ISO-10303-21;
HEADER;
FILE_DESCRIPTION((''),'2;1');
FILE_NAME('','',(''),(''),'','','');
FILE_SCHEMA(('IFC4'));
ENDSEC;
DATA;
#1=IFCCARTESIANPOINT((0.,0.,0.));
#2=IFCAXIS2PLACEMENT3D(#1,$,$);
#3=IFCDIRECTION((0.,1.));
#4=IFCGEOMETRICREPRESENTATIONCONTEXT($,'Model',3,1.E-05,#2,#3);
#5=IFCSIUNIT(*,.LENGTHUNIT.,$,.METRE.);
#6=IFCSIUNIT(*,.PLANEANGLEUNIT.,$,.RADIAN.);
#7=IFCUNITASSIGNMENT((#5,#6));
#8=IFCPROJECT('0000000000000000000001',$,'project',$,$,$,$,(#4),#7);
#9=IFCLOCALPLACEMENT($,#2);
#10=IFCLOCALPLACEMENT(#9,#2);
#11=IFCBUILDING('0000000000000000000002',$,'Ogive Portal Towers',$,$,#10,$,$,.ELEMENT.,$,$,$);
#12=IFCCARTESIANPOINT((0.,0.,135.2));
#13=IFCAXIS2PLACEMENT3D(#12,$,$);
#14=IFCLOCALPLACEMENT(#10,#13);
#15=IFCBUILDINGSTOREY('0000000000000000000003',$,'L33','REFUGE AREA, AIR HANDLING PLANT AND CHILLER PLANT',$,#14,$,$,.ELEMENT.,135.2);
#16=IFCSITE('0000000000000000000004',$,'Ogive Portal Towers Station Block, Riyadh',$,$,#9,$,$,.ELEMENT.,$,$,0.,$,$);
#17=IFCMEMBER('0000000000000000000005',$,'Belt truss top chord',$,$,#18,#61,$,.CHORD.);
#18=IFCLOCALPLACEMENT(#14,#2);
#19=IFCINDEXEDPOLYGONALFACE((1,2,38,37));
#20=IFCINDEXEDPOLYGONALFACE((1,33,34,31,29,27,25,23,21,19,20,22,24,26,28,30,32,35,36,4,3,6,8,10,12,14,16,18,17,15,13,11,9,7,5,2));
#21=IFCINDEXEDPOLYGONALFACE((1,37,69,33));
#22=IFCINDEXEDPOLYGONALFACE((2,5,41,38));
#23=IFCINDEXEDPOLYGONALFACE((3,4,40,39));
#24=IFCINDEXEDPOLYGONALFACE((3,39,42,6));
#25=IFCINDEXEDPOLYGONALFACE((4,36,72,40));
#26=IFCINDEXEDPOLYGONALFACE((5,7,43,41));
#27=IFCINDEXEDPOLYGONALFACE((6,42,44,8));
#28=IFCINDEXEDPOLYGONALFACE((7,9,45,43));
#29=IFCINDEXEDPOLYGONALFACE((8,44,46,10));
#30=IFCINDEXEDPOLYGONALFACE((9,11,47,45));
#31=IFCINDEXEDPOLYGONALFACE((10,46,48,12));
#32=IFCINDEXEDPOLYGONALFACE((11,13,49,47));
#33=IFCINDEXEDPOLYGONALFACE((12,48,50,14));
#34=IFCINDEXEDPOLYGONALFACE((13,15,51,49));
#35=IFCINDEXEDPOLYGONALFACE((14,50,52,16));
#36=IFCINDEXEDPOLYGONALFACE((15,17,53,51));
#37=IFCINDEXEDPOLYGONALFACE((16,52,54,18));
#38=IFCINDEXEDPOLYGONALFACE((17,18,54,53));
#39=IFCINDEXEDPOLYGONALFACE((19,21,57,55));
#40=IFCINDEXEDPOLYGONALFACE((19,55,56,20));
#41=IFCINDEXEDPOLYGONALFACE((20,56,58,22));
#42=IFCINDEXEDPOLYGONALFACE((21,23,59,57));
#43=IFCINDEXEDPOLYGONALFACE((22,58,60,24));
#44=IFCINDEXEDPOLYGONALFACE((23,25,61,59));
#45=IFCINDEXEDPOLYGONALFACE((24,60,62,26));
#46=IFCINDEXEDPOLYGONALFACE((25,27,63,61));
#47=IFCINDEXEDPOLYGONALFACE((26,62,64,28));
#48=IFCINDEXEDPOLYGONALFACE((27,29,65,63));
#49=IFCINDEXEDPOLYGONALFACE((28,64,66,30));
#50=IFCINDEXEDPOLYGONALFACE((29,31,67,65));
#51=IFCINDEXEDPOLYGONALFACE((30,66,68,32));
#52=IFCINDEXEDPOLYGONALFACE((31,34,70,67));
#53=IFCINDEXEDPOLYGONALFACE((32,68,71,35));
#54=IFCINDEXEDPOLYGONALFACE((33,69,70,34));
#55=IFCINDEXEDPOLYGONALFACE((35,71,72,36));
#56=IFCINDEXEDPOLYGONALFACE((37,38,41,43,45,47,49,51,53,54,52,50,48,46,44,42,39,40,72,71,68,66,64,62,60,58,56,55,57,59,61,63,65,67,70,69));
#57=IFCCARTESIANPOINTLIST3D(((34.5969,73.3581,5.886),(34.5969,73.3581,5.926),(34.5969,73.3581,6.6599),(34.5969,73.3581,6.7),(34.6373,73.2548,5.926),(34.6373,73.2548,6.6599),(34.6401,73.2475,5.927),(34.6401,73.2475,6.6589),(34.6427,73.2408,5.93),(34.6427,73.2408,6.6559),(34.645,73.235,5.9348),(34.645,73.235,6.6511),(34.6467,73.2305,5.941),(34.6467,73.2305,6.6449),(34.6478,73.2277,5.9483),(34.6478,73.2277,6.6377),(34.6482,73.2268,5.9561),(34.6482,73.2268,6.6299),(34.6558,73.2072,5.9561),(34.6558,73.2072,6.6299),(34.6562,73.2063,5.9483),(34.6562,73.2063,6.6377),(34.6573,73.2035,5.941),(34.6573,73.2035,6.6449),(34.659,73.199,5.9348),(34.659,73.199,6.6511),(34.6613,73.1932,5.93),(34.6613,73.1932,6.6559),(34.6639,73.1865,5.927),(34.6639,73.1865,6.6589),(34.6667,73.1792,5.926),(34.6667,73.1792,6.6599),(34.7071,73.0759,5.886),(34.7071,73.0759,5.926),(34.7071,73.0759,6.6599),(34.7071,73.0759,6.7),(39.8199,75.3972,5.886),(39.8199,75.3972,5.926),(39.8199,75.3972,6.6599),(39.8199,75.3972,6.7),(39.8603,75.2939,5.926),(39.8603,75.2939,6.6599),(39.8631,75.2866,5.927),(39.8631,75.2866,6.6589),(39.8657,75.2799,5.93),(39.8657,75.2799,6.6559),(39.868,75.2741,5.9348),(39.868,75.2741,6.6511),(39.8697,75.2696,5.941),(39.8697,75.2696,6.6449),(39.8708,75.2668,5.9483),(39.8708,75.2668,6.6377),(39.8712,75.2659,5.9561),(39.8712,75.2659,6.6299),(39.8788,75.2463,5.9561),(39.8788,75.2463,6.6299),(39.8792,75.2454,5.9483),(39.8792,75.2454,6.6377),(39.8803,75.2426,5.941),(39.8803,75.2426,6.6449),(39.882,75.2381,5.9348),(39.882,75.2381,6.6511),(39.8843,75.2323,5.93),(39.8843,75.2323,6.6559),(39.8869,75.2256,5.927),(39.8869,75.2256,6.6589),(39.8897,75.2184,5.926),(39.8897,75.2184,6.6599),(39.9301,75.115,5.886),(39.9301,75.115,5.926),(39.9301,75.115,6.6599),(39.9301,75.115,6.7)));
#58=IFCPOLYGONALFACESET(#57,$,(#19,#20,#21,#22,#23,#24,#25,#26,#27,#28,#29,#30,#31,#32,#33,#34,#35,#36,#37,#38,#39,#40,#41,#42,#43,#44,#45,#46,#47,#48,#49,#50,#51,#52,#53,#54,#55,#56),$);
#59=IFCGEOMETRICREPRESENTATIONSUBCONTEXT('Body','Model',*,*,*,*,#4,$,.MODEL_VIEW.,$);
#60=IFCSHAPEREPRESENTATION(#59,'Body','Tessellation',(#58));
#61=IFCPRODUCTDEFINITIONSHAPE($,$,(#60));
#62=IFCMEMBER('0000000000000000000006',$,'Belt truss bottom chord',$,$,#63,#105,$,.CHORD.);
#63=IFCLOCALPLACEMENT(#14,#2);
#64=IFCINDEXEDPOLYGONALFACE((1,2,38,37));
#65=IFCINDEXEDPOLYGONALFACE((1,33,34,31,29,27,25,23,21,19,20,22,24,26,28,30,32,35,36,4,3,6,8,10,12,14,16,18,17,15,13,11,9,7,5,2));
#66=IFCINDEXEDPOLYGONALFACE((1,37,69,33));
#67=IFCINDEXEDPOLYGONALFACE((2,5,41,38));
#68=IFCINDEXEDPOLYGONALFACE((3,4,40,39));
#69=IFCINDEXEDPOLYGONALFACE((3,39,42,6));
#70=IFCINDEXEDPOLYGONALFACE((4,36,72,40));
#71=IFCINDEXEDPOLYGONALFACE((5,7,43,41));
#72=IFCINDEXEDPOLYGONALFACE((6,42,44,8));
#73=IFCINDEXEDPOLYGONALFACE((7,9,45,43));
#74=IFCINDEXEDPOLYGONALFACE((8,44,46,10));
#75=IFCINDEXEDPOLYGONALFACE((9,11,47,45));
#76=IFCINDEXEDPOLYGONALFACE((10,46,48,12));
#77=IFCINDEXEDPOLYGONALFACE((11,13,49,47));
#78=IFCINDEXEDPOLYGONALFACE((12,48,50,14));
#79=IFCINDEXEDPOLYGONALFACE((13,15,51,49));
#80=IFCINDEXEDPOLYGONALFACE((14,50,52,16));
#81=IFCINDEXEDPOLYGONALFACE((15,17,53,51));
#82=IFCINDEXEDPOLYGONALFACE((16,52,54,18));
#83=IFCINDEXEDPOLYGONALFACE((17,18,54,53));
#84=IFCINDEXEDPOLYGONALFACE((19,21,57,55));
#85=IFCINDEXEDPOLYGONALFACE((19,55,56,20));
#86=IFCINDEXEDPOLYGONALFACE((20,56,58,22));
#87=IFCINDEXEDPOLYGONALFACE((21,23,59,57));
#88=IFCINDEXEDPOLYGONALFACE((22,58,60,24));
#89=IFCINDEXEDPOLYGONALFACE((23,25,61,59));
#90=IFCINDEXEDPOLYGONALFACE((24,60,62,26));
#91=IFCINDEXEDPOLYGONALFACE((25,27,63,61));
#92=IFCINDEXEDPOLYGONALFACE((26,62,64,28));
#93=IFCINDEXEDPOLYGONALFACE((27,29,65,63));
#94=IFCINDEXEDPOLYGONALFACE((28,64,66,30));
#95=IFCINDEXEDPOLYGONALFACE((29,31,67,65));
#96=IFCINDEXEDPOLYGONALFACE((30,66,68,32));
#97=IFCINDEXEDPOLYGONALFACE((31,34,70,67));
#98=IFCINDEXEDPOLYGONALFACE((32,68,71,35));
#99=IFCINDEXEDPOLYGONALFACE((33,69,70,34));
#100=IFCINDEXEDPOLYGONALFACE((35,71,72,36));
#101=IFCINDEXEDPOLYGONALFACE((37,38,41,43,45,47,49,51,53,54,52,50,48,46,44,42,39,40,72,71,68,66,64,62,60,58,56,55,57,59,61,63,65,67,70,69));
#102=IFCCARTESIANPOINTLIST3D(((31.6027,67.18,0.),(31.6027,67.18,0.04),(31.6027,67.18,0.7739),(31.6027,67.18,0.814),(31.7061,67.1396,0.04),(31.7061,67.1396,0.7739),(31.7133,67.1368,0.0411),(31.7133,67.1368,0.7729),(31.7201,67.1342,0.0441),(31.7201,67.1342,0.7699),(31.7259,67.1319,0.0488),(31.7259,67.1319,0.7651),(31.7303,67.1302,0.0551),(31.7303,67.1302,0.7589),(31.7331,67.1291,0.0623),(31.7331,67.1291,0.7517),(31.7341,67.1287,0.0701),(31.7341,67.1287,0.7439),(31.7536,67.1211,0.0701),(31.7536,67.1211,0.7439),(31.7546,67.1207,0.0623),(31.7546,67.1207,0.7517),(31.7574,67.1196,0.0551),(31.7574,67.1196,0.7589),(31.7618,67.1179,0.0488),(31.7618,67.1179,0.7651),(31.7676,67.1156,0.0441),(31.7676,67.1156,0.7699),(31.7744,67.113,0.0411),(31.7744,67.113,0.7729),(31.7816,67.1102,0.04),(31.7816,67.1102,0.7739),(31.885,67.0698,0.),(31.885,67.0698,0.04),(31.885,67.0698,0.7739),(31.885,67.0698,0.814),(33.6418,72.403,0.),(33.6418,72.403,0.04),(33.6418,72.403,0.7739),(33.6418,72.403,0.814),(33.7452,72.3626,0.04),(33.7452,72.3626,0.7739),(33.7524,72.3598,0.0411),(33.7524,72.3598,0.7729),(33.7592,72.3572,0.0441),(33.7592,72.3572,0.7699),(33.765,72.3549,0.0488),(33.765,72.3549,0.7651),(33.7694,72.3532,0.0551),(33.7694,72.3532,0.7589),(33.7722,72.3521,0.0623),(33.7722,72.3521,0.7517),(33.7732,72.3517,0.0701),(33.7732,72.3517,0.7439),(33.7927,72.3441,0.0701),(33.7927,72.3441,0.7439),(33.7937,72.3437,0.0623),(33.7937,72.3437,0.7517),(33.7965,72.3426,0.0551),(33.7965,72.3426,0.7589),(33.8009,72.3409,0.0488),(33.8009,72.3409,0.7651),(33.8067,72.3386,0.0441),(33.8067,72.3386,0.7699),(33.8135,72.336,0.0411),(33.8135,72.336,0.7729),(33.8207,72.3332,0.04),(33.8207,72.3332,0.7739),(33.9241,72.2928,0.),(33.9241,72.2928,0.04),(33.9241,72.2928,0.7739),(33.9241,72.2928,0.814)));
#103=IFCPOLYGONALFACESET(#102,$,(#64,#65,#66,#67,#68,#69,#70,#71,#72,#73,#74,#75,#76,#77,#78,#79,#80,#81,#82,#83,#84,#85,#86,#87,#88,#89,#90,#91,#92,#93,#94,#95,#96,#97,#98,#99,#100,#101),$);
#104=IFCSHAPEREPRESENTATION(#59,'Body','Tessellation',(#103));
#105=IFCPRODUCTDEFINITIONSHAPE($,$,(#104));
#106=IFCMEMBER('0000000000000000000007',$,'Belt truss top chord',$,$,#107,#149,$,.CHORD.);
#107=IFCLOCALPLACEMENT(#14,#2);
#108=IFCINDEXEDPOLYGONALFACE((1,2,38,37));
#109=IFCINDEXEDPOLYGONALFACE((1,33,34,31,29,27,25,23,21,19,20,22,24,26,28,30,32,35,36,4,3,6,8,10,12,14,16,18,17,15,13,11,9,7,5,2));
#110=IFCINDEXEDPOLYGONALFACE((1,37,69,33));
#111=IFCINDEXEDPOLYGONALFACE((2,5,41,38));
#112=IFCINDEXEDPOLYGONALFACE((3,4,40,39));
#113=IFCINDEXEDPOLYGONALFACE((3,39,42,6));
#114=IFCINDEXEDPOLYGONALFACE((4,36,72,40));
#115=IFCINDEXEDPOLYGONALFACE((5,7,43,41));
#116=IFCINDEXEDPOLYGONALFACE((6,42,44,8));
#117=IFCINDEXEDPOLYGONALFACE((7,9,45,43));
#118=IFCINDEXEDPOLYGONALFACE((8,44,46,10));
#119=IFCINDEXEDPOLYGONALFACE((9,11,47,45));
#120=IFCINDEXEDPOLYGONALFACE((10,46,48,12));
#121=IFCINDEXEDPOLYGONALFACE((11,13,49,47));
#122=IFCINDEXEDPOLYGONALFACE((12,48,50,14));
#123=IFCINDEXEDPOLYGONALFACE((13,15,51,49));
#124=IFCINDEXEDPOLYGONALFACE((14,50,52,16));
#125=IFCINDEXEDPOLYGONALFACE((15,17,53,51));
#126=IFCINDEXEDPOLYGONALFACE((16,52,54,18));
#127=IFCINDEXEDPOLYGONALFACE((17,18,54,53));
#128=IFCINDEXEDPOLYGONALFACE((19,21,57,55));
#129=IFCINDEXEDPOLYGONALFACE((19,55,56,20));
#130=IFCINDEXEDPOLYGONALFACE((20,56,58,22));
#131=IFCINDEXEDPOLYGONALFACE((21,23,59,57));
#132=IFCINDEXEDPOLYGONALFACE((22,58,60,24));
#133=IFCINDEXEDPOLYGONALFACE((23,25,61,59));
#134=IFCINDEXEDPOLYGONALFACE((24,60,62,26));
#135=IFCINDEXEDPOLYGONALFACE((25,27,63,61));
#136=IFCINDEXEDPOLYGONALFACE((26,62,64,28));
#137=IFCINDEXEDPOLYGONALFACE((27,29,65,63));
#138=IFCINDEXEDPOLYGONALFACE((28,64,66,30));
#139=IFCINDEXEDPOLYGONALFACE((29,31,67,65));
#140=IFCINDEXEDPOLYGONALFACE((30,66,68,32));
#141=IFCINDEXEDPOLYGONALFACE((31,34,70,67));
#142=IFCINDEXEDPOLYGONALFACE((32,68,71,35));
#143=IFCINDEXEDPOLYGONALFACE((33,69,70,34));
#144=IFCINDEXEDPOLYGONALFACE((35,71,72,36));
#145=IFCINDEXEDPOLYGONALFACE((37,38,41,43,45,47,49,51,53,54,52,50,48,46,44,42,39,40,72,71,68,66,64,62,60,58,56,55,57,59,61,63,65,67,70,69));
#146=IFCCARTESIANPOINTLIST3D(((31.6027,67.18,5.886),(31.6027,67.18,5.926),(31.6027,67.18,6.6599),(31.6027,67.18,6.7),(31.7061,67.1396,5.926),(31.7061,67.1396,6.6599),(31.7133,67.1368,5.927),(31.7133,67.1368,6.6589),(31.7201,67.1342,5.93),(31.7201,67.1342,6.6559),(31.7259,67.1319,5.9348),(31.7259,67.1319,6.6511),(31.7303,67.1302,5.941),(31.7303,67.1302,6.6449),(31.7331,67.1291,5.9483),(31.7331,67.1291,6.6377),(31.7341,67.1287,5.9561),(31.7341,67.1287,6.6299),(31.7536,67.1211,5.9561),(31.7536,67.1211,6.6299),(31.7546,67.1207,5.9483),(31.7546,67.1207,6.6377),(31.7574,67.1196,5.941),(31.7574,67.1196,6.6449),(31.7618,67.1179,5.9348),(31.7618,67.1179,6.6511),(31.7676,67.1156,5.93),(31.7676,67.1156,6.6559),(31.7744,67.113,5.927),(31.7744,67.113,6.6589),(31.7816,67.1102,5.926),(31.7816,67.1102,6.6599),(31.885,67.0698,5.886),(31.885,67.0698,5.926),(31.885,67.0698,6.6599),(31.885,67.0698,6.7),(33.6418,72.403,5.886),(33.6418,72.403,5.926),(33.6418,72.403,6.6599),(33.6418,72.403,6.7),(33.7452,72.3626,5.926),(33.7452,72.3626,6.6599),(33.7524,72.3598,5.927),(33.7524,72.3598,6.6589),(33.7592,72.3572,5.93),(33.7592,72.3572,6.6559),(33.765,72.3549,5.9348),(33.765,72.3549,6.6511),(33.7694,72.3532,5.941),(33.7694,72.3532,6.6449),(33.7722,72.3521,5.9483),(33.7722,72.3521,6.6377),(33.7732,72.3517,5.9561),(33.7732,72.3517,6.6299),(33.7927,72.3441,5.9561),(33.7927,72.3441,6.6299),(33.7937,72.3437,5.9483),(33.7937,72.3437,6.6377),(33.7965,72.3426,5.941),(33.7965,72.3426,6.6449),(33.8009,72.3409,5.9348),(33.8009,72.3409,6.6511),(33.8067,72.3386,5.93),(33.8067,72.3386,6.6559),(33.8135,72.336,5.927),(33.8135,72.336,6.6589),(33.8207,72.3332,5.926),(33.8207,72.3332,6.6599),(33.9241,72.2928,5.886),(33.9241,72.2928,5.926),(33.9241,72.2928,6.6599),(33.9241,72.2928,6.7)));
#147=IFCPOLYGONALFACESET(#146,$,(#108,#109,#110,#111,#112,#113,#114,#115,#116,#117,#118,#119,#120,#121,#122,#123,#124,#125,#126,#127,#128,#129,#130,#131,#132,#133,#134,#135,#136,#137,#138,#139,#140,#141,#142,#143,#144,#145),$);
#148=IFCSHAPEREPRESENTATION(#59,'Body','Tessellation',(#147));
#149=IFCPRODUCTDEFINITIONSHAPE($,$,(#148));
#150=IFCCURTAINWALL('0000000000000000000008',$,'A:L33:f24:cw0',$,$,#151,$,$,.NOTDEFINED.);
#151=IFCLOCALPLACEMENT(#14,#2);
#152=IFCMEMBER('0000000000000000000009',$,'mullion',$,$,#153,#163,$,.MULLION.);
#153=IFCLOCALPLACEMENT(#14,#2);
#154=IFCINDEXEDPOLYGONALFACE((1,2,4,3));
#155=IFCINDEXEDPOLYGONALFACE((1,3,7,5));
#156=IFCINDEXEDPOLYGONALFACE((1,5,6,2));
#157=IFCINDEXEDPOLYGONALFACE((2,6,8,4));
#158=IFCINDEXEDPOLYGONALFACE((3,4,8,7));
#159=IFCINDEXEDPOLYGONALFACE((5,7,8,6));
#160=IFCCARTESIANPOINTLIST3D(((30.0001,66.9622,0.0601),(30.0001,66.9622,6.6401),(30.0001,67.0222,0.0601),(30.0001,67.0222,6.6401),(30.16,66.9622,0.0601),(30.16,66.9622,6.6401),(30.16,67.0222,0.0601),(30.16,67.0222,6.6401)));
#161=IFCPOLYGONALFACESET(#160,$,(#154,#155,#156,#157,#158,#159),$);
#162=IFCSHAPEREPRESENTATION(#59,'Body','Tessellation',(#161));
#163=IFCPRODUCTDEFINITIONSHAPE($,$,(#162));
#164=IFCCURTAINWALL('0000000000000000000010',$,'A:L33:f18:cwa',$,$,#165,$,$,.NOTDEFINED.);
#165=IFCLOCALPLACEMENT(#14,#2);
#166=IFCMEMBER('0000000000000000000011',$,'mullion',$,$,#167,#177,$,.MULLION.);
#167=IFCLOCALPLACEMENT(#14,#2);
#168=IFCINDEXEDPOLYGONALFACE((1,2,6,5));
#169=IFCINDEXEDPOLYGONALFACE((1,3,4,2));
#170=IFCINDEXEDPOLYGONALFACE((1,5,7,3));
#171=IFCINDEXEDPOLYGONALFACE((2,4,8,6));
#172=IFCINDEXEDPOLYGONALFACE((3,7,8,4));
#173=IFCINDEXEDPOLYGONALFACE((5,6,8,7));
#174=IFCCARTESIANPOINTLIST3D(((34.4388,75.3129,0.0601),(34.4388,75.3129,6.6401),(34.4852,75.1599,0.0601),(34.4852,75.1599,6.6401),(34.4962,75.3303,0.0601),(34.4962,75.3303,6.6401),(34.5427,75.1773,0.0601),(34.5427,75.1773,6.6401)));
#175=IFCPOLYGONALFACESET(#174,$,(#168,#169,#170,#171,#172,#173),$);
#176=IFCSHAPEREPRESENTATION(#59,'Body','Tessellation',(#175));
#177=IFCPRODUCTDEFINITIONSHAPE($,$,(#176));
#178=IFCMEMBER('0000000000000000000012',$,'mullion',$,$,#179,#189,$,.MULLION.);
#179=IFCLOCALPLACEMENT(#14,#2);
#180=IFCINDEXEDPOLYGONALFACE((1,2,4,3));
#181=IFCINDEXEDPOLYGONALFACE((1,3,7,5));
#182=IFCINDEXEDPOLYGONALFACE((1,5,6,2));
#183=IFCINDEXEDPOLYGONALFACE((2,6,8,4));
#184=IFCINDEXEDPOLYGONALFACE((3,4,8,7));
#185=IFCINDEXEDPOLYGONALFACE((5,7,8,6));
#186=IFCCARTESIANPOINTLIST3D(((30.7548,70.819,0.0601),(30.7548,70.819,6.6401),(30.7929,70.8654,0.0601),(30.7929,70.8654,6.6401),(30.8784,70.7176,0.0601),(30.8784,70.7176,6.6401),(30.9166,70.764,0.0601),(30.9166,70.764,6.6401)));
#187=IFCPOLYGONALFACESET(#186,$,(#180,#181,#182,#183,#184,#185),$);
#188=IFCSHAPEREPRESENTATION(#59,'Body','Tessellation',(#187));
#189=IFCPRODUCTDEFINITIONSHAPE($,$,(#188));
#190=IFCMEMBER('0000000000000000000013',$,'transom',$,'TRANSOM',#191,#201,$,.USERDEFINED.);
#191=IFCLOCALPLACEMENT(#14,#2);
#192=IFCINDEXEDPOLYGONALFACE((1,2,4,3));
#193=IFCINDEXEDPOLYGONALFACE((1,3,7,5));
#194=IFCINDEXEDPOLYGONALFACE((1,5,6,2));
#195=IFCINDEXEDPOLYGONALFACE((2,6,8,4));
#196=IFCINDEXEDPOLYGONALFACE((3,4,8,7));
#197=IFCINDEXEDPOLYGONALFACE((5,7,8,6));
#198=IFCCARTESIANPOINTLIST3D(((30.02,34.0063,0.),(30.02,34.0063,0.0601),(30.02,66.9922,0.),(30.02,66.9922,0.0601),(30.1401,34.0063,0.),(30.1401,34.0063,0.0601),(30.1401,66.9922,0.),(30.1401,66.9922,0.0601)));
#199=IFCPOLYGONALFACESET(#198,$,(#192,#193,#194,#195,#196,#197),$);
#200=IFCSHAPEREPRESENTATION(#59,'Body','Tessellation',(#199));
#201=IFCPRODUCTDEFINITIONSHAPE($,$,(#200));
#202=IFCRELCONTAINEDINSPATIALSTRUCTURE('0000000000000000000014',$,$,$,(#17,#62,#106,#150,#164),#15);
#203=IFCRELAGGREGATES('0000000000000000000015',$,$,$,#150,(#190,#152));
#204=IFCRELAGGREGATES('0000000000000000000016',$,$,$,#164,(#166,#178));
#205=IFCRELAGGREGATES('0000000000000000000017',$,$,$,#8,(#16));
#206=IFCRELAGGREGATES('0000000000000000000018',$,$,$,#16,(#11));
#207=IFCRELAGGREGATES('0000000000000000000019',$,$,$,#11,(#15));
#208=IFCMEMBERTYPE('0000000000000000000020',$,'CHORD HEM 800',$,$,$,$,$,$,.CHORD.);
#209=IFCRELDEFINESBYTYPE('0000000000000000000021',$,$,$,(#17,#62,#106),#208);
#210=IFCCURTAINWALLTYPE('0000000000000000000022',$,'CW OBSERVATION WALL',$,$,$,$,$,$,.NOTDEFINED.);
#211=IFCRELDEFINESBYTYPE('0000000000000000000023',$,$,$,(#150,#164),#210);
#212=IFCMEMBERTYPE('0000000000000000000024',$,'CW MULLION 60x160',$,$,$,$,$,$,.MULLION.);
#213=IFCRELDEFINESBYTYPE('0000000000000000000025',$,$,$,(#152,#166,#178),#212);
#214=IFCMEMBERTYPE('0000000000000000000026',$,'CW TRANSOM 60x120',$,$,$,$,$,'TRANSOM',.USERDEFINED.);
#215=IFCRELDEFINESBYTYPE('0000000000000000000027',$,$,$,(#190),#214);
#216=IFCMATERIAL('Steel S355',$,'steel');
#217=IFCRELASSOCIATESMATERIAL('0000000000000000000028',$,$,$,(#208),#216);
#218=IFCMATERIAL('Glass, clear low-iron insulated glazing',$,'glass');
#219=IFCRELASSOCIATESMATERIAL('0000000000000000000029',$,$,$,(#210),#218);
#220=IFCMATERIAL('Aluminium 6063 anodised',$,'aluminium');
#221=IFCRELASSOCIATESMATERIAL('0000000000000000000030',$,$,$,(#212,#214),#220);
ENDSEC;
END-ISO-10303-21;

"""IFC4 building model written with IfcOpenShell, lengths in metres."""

from ifc_helpers import new_model, si_unit, direction, frame, origin, origin_2d, place, context, subcontext, project, spatial, rectangle, i_section, extrude, material, material_profile, profile_set, type_object, element, aggregate, save


model = new_model("IFC4")

# Units and contexts
model_context = context("Model", 3, precision=1e-05, world=origin(), true_north=direction((0.0, 1.0)))
body_context = subcontext(model_context, "Body", "Model", "MODEL_VIEW")
ifc_project = project(units=[si_unit("LENGTHUNIT", "METRE"), si_unit("PLANEANGLEUNIT", "RADIAN")], contexts=[model_context])

# Site, building, storey
site_placement = place(None, origin())
site = spatial("IfcSite", under=ifc_project, at=site_placement, Name="Ogive Portal Towers Station Block, Riyadh", CompositionType="ELEMENT", RefElevation=0.0)
building_placement = place(site_placement, origin())
building = spatial("IfcBuilding", under=site, at=building_placement, Name="Ogive Portal Towers", CompositionType="ELEMENT")
storey_placement = place(building_placement, frame((0.0, 0.0, 135.2)))
storey = spatial("IfcBuildingStorey", under=building, at=storey_placement, Name="L33", Description="REFUGE AREA, AIR HANDLING PLANT AND CHILLER PLANT", CompositionType="ELEMENT", Elevation=135.2)

# Members
ifc_material_1 = material(Name="Steel S355", Category="steel")
ifc_material_profile_1 = material_profile(ifc_material_1, i_section(OverallWidth=0.303, OverallDepth=0.814, WebThickness=0.021, FlangeThickness=0.04, FilletRadius=0.03, at=origin_2d()), Name="HEM 800")
ifc_profile_set_1 = profile_set([ifc_material_profile_1], Name="Steel S355")
member_type_1 = type_object("IfcMemberType", Name="CHORD HEM 800", PredefinedType="CHORD", material=ifc_profile_set_1)
for number, where, z_axis, x_axis, name in (
    (1, (39.875, 75.2561, 6.293), (-0.931526, -0.363675, 0.0), (0.363675, -0.931526, 0.0), "Belt truss top chord"),
    (2, (33.783, 72.3479, 0.407), (-0.363675, -0.931526, 0.0), (0.931526, -0.363675, 0.0), "Belt truss bottom chord"),
    (3, (33.783, 72.3479, 6.293), (-0.363675, -0.931526, 0.0), (0.931526, -0.363675, 0.0), "Belt truss top chord"),
):
    element("IfcMember", number, at=place(storey_placement, frame(where, z_axis=z_axis, x_axis=x_axis)), inside=storey, type_object=member_type_1, Name=name, PredefinedType="CHORD", context=body_context, shape_type="SweptSolid", body=[
        extrude(i_section(OverallWidth=0.303, OverallDepth=0.814, WebThickness=0.021, FlangeThickness=0.04, FilletRadius=0.03, at=origin_2d()), origin(), (0.0, 0.0, 1.0), 5.6069),
    ])

# Curtain wall, member
ifc_material_2 = material(Name="Glass, clear low-iron insulated glazing", Category="glass")
curtain_wall_type = type_object("IfcCurtainWallType", Name="CW OBSERVATION WALL", PredefinedType="NOTDEFINED", material=ifc_material_2)
curtain_wall_1_placement = place(storey_placement, origin())
curtain_wall_1 = element("IfcCurtainWall", 4, at=curtain_wall_1_placement, inside=storey, type_object=curtain_wall_type, Name="A:L33:f24:cw0", PredefinedType="NOTDEFINED")
ifc_material_3 = material(Name="Aluminium 6063 anodised", Category="aluminium")
ifc_material_profile_2 = material_profile(ifc_material_3, rectangle(XDim=0.1599, YDim=0.0601, at=origin_2d()), Name="AL 60x160")
ifc_profile_set_2 = profile_set([ifc_material_profile_2], Name="Aluminium 6063 anodised")
member_type_2 = type_object("IfcMemberType", Name="CW MULLION 60x160", PredefinedType="MULLION", material=ifc_profile_set_2)
member_1_placement = place(storey_placement, frame((30.0801, 66.9922, 0.0601), z_axis=(0.0, 0.0, 1.0), x_axis=(1.0, 0.0, 0.0)))
member_1 = element("IfcMember", 5, at=member_1_placement, type_object=member_type_2, Name="mullion", PredefinedType="MULLION", context=body_context, shape_type="SweptSolid", body=[
    extrude(rectangle(XDim=0.1599, YDim=0.0601, at=origin_2d()), origin(), (0.0, 0.0, 1.0), 6.5801),
])

# Curtain wall, members
curtain_wall_2_placement = place(storey_placement, origin())
curtain_wall_2 = element("IfcCurtainWall", 6, at=curtain_wall_2_placement, inside=storey, type_object=curtain_wall_type, Name="A:L33:f18:cwa", PredefinedType="NOTDEFINED")
member_2_placement = place(storey_placement, frame((34.4907, 75.2451, 0.0601), z_axis=(0.0, 0.0, 1.0), x_axis=(0.290285, -0.95694, 0.0)))
member_2 = element("IfcMember", 7, at=member_2_placement, type_object=member_type_2, Name="mullion", PredefinedType="MULLION", context=body_context, shape_type="SweptSolid", body=[
    extrude(rectangle(XDim=0.1599, YDim=0.0601, at=origin_2d()), origin(), (0.0, 0.0, 1.0), 6.5801),
])
member_3_placement = place(storey_placement, frame((30.8357, 70.7915, 0.0601), z_axis=(0.0, 0.0, 1.0), x_axis=(0.77301, -0.634393, 0.0)))
member_3 = element("IfcMember", 8, at=member_3_placement, type_object=member_type_2, Name="mullion", PredefinedType="MULLION", context=body_context, shape_type="SweptSolid", body=[
    extrude(rectangle(XDim=0.1599, YDim=0.0601, at=origin_2d()), origin(), (0.0, 0.0, 1.0), 6.5801),
])

# Member
ifc_material_profile_3 = material_profile(ifc_material_3, rectangle(XDim=0.1201, YDim=0.0601, at=origin_2d()), Name="AL 120x60")
ifc_profile_set_3 = profile_set([ifc_material_profile_3], Name="Aluminium 6063 anodised")
member_type_3 = type_object("IfcMemberType", Name="CW TRANSOM 60x120", ElementType="TRANSOM", PredefinedType="USERDEFINED", material=ifc_profile_set_3)
member_4_placement = place(storey_placement, frame((30.0801, 66.9922, 0.03), z_axis=(0.0, -1.0, 0.0), x_axis=(1.0, 0.0, 0.0)))
member_4 = element("IfcMember", 9, at=member_4_placement, type_object=member_type_3, Name="transom", ObjectType="TRANSOM", PredefinedType="USERDEFINED", context=body_context, shape_type="SweptSolid", body=[
    extrude(rectangle(XDim=0.1201, YDim=0.0601, at=origin_2d()), origin(), (0.0, 0.0, 1.0), 32.9858),
])
aggregate(curtain_wall_1, [member_4, member_1])

aggregate(curtain_wall_2, [member_2, member_3])

save(model, "model.ifc")
